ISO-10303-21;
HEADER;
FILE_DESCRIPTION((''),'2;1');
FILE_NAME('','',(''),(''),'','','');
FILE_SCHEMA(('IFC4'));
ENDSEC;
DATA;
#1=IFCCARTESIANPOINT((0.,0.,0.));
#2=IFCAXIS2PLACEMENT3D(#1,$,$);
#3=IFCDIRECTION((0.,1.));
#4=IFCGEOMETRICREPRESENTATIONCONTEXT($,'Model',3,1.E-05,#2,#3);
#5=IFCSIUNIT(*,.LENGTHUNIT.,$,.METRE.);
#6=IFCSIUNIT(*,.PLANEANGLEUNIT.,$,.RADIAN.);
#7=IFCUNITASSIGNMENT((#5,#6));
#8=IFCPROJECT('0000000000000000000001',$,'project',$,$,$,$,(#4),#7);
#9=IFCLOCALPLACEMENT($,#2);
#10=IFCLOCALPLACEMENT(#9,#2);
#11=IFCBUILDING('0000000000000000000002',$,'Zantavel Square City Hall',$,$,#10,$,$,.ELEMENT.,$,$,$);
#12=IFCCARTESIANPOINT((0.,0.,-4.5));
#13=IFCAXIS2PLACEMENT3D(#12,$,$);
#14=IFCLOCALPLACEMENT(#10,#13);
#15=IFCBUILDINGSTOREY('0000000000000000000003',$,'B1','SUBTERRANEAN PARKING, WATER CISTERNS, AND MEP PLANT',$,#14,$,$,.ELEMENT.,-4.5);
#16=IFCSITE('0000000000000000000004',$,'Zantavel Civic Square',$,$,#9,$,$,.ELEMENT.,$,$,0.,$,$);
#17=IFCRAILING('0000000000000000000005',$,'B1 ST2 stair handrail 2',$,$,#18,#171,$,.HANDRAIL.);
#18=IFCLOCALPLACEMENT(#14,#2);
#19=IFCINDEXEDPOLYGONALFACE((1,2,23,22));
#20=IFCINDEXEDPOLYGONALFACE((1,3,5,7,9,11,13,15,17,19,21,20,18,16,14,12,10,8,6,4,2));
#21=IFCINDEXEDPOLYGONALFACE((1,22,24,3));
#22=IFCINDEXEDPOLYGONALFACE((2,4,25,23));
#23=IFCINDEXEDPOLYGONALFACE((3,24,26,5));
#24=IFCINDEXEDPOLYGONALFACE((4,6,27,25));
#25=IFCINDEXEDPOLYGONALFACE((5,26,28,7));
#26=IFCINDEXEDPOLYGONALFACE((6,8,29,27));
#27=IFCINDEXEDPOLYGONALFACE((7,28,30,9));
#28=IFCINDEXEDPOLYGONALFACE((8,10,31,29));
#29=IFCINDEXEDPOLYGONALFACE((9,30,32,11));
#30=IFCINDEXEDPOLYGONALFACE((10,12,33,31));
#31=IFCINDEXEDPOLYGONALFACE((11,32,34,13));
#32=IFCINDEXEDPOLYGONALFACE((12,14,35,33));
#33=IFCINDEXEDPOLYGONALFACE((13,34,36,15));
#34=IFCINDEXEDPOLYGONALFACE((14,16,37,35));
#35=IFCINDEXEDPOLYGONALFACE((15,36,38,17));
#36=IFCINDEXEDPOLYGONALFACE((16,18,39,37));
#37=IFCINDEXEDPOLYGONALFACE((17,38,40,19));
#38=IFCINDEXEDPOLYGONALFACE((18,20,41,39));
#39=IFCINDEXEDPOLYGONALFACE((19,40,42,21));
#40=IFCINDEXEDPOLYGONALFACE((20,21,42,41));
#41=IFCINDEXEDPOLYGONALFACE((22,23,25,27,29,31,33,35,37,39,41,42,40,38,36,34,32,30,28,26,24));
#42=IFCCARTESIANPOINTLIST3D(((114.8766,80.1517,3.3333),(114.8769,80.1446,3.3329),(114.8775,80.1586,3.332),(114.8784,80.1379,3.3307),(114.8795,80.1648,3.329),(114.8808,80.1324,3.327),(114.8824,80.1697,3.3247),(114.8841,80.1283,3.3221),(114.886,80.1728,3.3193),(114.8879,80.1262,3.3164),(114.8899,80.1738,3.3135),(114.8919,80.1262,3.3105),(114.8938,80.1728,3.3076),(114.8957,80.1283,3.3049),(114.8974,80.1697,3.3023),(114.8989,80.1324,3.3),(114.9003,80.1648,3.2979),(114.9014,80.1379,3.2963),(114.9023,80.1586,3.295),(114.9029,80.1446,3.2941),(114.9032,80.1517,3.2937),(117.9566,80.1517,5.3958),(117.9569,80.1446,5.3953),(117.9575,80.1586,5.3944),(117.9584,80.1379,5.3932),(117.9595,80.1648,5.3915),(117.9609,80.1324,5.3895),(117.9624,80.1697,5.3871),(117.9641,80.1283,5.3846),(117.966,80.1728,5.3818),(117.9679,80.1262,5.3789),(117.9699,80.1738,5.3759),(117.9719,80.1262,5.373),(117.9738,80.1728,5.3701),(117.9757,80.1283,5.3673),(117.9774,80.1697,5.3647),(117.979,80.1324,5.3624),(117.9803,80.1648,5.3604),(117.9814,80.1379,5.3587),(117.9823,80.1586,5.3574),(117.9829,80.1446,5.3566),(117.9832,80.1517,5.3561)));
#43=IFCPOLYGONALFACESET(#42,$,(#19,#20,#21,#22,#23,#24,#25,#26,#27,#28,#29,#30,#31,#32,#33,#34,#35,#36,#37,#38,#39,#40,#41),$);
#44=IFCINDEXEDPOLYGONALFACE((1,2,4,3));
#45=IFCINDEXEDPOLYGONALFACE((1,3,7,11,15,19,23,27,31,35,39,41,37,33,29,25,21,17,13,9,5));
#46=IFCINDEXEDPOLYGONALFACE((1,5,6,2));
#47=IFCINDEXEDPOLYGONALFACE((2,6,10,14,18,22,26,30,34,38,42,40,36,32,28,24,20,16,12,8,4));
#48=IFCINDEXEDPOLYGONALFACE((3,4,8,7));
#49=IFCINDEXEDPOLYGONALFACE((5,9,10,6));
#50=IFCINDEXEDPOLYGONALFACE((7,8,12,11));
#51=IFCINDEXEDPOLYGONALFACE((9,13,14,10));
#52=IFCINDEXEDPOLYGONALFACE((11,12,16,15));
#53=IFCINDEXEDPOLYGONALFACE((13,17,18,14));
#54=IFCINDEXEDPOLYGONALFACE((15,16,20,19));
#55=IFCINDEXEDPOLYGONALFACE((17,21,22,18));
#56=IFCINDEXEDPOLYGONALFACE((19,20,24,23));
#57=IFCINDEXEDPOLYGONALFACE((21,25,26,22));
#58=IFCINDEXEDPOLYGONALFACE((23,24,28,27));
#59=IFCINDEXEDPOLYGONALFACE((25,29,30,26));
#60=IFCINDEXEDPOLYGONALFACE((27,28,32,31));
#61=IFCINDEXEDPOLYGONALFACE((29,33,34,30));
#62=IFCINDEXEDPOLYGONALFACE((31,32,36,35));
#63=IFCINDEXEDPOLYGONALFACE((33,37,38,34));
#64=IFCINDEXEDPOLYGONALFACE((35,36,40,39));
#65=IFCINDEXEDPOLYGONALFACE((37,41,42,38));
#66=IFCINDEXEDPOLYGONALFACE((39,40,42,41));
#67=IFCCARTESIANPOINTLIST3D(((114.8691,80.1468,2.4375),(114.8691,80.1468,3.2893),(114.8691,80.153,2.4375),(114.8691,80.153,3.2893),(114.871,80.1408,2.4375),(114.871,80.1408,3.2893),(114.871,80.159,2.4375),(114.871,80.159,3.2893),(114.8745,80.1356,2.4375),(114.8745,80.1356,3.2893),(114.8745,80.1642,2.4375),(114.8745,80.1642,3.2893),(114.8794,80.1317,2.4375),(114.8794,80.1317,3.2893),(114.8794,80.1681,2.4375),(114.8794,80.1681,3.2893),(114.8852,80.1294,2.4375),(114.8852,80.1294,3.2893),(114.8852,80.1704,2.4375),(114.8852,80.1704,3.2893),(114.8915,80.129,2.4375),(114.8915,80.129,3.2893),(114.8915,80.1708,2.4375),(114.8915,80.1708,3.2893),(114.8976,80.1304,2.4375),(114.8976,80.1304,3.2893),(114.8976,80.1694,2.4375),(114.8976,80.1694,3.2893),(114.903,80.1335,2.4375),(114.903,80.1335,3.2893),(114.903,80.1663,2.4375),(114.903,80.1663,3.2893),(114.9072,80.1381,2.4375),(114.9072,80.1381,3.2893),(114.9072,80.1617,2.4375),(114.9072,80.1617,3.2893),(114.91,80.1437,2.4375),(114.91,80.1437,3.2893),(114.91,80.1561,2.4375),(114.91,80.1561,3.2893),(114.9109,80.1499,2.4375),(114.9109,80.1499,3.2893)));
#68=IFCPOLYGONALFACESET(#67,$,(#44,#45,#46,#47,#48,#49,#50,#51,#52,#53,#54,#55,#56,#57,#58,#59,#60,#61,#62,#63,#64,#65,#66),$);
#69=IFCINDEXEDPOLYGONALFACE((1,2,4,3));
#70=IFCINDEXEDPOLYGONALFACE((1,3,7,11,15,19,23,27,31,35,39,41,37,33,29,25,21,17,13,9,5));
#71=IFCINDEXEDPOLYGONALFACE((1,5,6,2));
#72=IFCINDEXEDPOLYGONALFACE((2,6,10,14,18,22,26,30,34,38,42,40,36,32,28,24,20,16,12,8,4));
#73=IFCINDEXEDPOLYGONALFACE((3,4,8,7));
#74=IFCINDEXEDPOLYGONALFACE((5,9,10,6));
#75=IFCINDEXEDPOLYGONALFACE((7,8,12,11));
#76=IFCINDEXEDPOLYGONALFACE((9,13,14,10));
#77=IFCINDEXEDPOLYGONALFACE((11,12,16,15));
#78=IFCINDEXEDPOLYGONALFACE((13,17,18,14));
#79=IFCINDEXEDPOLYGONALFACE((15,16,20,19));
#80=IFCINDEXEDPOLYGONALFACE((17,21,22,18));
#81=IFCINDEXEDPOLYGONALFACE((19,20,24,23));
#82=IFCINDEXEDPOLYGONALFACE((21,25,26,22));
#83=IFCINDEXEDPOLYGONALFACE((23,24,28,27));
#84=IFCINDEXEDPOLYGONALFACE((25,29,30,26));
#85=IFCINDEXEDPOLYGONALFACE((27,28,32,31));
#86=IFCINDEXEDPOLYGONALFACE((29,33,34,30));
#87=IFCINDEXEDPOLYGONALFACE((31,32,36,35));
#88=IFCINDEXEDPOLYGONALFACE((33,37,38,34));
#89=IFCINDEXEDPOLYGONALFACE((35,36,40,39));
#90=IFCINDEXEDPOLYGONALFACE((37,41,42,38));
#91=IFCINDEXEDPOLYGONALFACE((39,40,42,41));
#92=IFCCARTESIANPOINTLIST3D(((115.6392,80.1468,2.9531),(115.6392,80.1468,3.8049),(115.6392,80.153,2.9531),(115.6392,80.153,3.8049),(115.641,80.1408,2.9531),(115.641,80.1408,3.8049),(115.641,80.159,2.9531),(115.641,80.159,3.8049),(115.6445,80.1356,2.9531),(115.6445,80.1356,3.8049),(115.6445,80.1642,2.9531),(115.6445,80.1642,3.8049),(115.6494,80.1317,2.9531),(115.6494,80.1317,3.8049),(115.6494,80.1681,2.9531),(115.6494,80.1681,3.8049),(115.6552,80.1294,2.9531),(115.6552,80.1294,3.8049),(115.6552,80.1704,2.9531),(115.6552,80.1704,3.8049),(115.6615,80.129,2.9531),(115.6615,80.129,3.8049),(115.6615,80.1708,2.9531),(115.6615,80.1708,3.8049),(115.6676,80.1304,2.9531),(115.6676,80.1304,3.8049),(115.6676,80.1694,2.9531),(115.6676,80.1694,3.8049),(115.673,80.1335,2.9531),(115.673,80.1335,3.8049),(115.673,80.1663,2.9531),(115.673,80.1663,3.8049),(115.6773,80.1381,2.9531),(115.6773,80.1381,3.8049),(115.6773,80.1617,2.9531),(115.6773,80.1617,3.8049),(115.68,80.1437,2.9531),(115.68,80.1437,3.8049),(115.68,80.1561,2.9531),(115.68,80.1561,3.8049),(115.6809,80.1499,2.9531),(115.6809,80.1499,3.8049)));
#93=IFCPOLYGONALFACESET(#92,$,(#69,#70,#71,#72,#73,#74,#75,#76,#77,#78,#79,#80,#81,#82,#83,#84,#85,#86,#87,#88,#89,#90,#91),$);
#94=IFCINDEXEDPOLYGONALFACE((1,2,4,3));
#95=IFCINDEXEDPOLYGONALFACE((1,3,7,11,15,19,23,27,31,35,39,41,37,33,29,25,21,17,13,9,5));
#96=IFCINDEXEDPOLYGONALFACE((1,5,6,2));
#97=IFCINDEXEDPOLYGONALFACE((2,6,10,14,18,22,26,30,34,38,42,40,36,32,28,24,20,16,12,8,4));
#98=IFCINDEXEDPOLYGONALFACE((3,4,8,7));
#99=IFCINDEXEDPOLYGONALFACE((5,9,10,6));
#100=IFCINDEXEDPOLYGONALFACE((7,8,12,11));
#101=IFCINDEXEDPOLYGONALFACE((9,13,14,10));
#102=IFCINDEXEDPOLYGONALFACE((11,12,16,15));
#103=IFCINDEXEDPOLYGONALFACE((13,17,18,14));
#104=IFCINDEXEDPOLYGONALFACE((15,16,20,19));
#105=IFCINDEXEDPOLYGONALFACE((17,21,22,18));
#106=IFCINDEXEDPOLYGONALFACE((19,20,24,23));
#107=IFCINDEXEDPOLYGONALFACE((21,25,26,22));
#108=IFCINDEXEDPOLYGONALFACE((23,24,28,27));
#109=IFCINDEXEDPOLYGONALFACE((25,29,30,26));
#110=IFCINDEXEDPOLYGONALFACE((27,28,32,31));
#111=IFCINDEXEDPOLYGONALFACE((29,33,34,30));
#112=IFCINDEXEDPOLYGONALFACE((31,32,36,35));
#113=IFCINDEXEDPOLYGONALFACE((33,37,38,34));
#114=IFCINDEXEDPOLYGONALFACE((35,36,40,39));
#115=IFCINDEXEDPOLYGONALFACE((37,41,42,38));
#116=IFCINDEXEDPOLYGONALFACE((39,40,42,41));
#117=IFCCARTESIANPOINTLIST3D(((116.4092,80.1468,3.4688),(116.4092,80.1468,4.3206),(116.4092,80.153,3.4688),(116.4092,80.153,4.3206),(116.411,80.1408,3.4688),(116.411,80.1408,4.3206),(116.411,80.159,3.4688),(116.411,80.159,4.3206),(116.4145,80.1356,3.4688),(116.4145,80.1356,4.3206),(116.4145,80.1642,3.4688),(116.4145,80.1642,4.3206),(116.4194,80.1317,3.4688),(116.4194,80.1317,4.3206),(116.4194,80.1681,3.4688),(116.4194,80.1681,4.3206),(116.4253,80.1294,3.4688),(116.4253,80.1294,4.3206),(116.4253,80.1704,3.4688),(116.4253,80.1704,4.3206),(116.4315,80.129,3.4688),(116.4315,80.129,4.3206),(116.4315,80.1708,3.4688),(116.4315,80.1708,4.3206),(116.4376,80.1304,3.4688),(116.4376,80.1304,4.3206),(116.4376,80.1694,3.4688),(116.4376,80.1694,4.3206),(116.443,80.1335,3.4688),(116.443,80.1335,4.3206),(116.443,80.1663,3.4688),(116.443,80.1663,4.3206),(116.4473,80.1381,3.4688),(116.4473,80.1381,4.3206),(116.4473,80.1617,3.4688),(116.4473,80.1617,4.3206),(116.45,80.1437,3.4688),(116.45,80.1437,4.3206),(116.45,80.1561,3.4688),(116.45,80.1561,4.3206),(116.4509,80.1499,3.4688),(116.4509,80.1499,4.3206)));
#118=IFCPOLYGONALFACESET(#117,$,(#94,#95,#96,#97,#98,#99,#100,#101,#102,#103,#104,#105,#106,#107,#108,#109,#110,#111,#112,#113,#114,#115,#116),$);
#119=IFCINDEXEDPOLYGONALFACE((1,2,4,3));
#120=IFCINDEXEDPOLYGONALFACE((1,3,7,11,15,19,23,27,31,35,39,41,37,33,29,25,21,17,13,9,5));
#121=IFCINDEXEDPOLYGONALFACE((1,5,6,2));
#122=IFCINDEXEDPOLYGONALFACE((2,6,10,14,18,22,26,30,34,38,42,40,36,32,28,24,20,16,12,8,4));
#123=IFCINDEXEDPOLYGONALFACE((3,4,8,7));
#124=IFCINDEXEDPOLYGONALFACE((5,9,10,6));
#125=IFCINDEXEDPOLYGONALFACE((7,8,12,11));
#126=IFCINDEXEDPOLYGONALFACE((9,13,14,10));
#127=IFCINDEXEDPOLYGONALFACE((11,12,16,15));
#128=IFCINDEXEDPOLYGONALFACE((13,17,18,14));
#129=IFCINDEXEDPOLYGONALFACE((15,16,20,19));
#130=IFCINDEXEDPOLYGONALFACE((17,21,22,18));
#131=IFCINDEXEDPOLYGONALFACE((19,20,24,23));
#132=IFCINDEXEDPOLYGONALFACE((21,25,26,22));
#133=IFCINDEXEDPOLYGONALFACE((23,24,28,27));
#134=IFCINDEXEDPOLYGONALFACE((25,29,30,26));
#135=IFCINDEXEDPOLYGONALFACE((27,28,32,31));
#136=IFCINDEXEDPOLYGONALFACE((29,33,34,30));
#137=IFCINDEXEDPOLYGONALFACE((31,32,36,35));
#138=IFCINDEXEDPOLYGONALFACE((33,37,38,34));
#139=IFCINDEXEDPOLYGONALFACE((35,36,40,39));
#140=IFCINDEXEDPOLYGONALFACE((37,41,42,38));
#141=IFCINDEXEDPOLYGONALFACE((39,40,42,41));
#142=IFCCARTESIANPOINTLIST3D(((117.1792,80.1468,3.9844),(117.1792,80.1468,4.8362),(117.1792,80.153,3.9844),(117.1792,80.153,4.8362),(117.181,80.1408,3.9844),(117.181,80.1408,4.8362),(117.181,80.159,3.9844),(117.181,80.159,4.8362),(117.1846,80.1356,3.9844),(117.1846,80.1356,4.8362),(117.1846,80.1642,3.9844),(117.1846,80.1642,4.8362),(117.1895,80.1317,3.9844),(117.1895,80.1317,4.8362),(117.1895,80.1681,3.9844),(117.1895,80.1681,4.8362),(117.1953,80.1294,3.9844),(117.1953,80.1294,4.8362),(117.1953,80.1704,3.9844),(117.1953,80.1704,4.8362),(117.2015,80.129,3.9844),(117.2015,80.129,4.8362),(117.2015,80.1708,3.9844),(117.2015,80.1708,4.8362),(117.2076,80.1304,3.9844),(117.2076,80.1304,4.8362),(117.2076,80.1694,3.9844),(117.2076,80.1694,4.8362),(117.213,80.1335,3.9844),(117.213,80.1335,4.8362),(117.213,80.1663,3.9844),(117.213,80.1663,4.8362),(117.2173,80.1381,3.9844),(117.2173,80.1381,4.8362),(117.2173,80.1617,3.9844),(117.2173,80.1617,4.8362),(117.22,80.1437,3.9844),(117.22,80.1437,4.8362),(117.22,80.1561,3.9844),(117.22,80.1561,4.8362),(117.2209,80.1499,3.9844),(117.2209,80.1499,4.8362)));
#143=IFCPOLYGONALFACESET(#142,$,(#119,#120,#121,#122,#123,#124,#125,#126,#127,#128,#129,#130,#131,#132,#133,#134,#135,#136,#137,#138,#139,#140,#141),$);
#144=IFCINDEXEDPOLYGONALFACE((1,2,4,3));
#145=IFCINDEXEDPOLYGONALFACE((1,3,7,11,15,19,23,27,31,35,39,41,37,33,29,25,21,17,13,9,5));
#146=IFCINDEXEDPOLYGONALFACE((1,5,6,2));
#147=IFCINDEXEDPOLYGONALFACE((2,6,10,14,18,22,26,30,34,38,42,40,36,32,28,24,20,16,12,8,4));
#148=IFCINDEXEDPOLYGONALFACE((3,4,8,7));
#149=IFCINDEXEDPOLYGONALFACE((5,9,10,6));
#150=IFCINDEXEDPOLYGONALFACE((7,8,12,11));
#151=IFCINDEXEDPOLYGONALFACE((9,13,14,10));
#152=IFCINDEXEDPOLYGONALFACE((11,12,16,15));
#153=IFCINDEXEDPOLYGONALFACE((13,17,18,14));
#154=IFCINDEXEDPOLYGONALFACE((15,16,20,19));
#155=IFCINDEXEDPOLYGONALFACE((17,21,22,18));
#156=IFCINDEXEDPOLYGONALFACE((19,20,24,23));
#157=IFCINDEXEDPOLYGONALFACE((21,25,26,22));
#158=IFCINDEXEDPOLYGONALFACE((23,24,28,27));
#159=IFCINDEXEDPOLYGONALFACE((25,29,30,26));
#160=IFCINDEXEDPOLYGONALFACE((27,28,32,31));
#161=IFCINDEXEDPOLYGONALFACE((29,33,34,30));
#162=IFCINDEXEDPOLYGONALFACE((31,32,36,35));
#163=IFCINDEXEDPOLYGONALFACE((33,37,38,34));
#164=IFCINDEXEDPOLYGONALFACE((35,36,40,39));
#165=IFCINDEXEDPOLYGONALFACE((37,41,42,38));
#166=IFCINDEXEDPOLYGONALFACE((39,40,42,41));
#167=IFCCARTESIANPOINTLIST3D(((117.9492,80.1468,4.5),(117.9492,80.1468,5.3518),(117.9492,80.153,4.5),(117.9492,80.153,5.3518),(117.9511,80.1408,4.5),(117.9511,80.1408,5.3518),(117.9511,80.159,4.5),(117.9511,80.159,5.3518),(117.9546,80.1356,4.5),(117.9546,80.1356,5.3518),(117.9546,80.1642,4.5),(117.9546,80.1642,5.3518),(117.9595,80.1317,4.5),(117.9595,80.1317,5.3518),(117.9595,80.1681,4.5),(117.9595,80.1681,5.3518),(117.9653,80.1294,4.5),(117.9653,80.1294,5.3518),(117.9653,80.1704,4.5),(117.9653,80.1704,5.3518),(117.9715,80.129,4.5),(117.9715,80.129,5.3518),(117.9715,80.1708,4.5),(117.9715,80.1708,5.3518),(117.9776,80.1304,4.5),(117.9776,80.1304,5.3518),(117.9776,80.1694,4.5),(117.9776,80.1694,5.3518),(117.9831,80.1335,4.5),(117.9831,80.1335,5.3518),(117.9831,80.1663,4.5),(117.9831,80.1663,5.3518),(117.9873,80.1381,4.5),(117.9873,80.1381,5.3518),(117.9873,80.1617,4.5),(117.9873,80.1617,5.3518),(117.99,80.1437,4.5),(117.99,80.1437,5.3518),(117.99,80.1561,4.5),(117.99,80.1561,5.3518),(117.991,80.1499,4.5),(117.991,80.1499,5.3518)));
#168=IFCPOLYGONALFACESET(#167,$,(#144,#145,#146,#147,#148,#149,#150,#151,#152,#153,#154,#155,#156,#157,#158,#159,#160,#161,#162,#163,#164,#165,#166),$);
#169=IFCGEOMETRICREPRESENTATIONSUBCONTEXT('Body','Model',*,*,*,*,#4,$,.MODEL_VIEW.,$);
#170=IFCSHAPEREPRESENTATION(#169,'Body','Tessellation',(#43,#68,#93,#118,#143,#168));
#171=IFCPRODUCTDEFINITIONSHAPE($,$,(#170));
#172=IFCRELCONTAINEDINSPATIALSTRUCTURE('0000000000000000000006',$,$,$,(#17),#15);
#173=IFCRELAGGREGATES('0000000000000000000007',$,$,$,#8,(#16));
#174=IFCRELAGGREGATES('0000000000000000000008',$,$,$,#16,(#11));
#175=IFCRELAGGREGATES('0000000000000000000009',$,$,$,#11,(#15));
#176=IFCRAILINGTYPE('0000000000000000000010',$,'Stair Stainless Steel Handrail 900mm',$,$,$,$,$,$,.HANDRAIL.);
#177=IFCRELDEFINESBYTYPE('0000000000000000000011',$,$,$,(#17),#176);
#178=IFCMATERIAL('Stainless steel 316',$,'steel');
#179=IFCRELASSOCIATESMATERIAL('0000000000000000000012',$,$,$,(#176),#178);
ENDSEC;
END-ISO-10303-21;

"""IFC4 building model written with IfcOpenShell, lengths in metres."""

from ifc_helpers import new_model, si_unit, direction, frame, origin, origin_2d, place, context, subcontext, project, spatial, circle, extrude, material, type_object, element, save


model = new_model("IFC4")

# Units and contexts
model_context = context("Model", 3, precision=1e-05, world=origin(), true_north=direction((0.0, 1.0)))
body_context = subcontext(model_context, "Body", "Model", "MODEL_VIEW")
ifc_project = project(units=[si_unit("LENGTHUNIT", "METRE"), si_unit("PLANEANGLEUNIT", "RADIAN")], contexts=[model_context])

# Site, building, storey
site_placement = place(None, origin())
site = spatial("IfcSite", under=ifc_project, at=site_placement, Name="Zantavel Civic Square", CompositionType="ELEMENT", RefElevation=0.0)
building_placement = place(site_placement, origin())
building = spatial("IfcBuilding", under=site, at=building_placement, Name="Zantavel Square City Hall", CompositionType="ELEMENT")
storey_placement = place(building_placement, frame((0.0, 0.0, -4.5)))
storey = spatial("IfcBuildingStorey", under=building, at=storey_placement, Name="B1", Description="SUBTERRANEAN PARKING, WATER CISTERNS, AND MEP PLANT", CompositionType="ELEMENT", Elevation=-4.5)

# Shared definitions
ifc_material_1 = material(Name="Stainless steel 316", Category="steel")

# Railing
railing_type_1 = type_object("IfcRailingType", Name="Stair Stainless Steel Handrail 900mm", PredefinedType="HANDRAIL", material=ifc_material_1)
railing_1_placement = place(storey_placement, frame((114.8899, 80.1499, 2.4375)))
element("IfcRailing", 1, at=railing_1_placement, inside=storey, type_object=railing_type_1, Name="B1 ST2 stair handrail 2", PredefinedType="HANDRAIL", context=body_context, shape_type="SweptSolid", body=[
    extrude(circle(Radius=0.0239, at=origin_2d()), frame((0.0, 0.0, 0.876), z_axis=(0.830914, 0.0, 0.556401), x_axis=(0.0, 1.0, 0.0)), (0.0, 0.0, 1.0), 3.7068),
    extrude(circle(Radius=0.021, at=origin_2d()), origin(), (0.0, 0.0, 1.0), 0.8518),
    extrude(circle(Radius=0.021, at=origin_2d()), frame((0.77, 0.0, 0.5156)), (0.0, 0.0, 1.0), 0.8518),
    extrude(circle(Radius=0.021, at=origin_2d()), frame((1.54, 0.0, 1.0312)), (0.0, 0.0, 1.0), 0.8518),
    extrude(circle(Radius=0.021, at=origin_2d()), frame((2.3101, 0.0, 1.5469)), (0.0, 0.0, 1.0), 0.8518),
    extrude(circle(Radius=0.021, at=origin_2d()), frame((3.0801, 0.0, 2.0625)), (0.0, 0.0, 1.0), 0.8518),
])

save(model, "model.ifc")
